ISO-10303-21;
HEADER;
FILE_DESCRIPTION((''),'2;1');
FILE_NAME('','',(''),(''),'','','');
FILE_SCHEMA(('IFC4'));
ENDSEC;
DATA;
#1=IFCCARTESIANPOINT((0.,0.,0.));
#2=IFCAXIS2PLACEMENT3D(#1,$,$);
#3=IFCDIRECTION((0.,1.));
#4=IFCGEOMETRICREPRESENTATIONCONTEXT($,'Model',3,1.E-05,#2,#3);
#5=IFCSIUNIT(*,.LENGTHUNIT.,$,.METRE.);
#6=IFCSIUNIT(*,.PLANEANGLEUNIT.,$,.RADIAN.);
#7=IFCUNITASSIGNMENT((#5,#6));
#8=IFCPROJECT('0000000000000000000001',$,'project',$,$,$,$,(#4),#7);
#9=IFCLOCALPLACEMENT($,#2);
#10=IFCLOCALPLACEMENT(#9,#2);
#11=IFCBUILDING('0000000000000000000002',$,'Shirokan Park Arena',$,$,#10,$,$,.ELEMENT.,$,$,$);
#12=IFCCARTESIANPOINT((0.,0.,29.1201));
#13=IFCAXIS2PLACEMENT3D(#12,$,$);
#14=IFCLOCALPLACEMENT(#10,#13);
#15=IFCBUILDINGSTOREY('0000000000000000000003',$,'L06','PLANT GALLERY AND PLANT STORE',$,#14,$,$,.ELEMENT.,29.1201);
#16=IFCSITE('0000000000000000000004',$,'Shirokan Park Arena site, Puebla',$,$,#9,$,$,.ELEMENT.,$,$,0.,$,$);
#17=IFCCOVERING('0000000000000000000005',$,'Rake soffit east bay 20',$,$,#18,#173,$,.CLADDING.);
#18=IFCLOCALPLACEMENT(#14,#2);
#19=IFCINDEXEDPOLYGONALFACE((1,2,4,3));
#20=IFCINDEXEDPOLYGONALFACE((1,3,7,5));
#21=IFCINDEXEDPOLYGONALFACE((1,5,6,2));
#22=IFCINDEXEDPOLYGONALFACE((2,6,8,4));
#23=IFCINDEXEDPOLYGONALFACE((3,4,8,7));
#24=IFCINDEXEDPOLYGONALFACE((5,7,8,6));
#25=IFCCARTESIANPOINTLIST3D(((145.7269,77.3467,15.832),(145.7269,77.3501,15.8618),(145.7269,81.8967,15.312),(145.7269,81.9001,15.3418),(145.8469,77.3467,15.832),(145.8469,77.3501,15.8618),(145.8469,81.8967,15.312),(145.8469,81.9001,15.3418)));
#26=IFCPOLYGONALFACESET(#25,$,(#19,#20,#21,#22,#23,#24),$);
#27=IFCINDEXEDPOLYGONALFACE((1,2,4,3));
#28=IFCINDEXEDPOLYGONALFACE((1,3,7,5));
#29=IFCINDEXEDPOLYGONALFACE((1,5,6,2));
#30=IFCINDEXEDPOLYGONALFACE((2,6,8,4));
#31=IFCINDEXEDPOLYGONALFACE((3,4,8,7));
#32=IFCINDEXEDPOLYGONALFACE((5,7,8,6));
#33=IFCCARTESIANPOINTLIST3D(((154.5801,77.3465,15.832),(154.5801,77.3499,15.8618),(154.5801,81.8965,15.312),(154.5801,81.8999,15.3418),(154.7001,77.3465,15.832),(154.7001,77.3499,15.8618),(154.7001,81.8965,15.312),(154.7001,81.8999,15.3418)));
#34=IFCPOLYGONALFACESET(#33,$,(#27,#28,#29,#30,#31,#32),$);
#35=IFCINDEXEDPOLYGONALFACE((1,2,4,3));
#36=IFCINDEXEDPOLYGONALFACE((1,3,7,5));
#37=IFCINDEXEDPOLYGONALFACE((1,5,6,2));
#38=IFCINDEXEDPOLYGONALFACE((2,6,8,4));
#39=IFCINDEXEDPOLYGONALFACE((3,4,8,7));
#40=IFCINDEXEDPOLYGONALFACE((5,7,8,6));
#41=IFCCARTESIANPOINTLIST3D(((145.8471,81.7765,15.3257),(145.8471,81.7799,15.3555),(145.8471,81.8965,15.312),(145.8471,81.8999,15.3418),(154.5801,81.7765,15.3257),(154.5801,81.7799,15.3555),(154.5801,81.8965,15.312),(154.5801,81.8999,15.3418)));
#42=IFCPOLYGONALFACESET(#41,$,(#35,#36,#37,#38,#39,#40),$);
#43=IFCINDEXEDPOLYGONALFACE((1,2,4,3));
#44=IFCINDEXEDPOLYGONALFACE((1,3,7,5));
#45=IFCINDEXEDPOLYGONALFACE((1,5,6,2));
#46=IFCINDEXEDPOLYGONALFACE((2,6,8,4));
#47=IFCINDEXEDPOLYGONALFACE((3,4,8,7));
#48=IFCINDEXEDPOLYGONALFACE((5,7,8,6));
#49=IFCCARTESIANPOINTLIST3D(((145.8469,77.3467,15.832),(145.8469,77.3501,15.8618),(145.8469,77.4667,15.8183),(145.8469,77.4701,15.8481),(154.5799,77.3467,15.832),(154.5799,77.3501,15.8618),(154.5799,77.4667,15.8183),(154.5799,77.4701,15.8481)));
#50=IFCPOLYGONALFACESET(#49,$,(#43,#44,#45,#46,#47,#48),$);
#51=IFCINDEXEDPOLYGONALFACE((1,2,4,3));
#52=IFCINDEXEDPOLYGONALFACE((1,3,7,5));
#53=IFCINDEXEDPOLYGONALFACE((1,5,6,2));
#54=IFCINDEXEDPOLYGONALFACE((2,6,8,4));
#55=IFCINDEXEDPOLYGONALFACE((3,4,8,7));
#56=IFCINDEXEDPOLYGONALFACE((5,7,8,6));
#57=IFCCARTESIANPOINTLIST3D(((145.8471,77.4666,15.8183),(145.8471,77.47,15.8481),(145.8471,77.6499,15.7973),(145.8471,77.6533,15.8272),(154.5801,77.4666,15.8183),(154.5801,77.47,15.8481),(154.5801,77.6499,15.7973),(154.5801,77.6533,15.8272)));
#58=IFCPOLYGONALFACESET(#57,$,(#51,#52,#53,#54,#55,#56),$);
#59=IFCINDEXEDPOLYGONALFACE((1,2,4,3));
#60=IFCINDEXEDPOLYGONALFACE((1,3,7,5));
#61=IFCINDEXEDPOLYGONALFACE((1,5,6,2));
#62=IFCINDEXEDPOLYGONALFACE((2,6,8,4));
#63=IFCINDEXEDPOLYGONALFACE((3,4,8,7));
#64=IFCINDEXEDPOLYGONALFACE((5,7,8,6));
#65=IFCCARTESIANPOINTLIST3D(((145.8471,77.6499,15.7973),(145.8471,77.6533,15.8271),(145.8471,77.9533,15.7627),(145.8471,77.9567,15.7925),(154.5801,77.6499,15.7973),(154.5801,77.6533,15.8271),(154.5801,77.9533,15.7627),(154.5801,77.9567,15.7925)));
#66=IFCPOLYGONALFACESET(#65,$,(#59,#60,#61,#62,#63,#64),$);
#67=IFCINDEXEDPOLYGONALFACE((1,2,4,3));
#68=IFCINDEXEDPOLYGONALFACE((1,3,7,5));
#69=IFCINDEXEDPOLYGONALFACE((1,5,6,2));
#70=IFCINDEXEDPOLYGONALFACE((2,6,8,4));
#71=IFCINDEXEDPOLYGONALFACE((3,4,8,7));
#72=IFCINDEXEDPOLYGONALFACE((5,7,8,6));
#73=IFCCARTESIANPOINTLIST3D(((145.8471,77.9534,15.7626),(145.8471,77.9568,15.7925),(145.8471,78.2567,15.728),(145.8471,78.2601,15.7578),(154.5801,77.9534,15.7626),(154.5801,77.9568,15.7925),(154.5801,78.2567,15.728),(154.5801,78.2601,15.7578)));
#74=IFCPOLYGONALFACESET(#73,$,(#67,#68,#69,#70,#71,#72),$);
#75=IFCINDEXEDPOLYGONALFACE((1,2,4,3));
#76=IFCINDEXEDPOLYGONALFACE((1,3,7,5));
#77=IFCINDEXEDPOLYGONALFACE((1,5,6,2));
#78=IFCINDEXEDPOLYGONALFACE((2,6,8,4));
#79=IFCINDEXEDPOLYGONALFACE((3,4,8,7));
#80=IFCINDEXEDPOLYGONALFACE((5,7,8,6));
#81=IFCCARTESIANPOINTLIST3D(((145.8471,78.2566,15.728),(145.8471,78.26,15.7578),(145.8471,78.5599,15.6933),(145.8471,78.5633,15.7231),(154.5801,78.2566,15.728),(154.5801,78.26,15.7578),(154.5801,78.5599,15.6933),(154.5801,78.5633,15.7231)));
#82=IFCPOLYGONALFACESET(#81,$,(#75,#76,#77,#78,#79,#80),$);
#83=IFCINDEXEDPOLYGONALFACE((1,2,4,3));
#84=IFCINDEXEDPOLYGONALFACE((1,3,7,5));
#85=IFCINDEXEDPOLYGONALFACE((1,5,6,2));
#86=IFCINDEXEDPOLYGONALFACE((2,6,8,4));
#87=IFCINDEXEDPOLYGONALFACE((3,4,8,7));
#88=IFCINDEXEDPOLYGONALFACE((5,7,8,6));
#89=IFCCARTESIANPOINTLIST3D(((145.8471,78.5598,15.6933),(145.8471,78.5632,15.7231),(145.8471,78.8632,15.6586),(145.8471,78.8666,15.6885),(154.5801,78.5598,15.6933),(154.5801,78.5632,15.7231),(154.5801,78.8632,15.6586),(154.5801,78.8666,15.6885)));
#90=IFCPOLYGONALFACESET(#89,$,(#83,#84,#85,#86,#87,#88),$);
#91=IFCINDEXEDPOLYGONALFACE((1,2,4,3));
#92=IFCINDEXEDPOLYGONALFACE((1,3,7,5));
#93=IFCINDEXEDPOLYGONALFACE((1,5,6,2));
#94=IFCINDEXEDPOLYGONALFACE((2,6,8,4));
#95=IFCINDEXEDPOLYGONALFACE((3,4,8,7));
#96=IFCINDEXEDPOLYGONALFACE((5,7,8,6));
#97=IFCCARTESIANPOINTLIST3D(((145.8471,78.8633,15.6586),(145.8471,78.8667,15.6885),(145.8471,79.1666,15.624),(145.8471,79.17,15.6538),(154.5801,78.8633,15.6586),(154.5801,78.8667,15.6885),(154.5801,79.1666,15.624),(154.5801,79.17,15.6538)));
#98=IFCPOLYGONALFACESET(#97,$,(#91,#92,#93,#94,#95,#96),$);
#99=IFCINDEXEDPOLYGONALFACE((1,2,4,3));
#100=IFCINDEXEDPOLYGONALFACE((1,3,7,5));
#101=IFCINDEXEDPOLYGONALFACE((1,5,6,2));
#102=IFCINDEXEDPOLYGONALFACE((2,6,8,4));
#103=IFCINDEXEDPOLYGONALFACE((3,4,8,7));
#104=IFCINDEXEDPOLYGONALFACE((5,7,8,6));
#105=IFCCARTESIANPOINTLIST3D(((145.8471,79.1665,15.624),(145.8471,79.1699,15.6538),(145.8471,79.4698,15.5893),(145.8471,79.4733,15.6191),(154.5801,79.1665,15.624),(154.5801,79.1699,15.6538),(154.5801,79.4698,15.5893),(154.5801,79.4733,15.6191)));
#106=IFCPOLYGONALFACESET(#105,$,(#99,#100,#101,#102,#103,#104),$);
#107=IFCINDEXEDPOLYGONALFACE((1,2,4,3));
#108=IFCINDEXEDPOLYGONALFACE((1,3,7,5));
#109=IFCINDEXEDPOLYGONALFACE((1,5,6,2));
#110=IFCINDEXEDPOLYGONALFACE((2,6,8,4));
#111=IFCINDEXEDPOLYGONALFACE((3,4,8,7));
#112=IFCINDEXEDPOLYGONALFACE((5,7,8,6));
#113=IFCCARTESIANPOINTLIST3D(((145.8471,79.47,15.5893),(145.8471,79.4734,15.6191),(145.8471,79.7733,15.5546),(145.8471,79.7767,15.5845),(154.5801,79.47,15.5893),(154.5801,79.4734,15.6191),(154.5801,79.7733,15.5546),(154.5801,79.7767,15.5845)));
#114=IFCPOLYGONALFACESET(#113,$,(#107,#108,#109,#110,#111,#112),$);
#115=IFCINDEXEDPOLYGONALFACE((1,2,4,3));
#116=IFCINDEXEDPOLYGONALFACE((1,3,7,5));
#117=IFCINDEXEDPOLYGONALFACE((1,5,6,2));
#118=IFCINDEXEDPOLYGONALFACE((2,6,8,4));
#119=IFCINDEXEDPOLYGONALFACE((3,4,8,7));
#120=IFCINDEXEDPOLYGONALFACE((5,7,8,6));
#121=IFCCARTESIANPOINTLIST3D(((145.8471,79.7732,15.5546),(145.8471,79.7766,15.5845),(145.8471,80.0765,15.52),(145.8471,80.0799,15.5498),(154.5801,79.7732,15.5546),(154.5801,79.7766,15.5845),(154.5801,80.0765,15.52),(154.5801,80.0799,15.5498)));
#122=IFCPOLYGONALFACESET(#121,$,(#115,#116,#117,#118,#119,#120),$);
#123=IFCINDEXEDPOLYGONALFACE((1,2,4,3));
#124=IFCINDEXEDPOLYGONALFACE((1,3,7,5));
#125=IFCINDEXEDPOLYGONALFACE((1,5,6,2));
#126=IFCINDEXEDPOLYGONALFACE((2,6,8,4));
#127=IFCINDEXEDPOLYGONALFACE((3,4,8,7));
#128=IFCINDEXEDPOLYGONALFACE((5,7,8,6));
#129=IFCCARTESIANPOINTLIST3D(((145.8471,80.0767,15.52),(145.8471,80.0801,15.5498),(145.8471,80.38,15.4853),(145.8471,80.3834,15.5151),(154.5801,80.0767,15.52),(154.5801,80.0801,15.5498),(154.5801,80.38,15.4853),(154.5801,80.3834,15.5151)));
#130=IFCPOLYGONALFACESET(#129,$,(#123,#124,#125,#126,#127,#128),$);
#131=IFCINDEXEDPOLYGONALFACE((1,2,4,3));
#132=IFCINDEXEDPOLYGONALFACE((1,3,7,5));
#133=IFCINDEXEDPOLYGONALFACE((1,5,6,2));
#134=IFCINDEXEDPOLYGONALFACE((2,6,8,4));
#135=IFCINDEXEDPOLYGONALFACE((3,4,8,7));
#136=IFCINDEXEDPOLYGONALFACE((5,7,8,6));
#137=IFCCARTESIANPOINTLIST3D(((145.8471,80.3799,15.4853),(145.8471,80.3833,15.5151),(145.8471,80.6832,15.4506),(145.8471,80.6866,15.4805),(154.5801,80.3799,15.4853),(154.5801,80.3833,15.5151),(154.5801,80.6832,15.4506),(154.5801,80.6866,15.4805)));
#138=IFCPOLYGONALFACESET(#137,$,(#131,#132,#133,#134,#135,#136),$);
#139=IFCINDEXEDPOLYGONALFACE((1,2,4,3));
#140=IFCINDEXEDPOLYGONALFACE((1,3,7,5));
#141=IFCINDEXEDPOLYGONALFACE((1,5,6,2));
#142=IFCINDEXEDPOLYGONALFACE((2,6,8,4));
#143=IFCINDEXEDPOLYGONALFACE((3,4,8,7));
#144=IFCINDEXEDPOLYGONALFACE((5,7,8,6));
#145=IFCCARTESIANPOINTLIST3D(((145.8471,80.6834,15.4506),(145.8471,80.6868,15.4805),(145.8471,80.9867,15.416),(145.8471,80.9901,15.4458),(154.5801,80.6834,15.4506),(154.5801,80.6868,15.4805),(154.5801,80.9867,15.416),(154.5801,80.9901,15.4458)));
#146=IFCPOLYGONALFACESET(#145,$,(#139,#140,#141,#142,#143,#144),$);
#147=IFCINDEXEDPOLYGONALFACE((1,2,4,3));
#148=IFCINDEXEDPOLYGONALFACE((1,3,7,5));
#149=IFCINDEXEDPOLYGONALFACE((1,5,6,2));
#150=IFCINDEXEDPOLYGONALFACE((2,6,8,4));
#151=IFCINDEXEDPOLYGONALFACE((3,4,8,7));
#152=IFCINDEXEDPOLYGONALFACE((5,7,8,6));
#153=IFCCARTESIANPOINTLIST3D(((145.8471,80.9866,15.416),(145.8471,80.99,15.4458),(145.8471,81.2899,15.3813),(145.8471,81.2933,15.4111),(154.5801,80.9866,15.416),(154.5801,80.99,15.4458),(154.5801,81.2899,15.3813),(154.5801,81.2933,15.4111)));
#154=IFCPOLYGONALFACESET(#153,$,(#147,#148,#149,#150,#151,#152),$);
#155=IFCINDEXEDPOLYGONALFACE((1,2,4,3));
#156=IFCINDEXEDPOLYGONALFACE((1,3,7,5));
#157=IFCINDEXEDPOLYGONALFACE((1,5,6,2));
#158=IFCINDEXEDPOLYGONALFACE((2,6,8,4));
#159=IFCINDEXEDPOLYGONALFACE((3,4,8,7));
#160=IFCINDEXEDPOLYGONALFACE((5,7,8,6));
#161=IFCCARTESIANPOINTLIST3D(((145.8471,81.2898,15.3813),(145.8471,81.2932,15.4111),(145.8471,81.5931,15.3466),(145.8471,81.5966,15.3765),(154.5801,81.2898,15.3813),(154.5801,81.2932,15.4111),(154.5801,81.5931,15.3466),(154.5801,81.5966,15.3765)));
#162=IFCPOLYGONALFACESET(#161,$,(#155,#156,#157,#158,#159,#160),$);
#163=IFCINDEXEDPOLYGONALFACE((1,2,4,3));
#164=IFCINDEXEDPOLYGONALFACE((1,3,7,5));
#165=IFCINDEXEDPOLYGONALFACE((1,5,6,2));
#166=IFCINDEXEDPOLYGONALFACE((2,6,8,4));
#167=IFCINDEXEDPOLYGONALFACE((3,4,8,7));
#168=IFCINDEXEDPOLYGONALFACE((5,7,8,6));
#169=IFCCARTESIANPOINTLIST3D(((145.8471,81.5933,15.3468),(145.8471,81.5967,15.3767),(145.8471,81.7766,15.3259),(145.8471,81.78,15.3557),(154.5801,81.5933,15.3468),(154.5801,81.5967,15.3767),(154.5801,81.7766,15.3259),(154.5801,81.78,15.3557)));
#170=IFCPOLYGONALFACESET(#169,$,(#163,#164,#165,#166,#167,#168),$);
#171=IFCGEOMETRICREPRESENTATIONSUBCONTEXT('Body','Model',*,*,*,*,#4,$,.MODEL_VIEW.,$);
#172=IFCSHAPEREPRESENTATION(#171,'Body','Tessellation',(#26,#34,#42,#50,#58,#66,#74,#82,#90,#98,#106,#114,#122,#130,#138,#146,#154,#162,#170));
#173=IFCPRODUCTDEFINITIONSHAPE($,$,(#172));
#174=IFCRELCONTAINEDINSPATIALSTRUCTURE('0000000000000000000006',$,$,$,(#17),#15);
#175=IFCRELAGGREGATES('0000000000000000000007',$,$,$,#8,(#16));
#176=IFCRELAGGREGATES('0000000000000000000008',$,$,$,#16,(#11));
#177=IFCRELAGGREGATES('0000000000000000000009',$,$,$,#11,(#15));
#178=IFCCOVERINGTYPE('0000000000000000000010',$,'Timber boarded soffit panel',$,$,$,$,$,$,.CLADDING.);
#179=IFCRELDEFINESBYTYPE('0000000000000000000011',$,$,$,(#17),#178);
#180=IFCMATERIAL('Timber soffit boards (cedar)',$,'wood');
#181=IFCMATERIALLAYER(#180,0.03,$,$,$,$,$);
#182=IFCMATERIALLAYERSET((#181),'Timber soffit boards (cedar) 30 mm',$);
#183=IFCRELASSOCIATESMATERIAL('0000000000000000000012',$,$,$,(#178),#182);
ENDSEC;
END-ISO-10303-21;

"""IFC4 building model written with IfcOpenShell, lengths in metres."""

from ifc_helpers import new_model, si_unit, direction, frame, origin, place, context, subcontext, project, spatial, polyline, outline, extrude, material, layer, layer_set, type_object, element, save


model = new_model("IFC4")

# Units and contexts
model_context = context("Model", 3, precision=1e-05, world=origin(), true_north=direction((0.0, 1.0)))
body_context = subcontext(model_context, "Body", "Model", "MODEL_VIEW")
ifc_project = project(units=[si_unit("LENGTHUNIT", "METRE"), si_unit("PLANEANGLEUNIT", "RADIAN")], contexts=[model_context])

# Site, building, storey
site_placement = place(None, origin())
site = spatial("IfcSite", under=ifc_project, at=site_placement, Name="Shirokan Park Arena site, Puebla", CompositionType="ELEMENT", RefElevation=0.0)
building_placement = place(site_placement, origin())
building = spatial("IfcBuilding", under=site, at=building_placement, Name="Shirokan Park Arena", CompositionType="ELEMENT")
storey_placement = place(building_placement, frame((0.0, 0.0, 29.1201)))
storey = spatial("IfcBuildingStorey", under=building, at=storey_placement, Name="L06", Description="PLANT GALLERY AND PLANT STORE", CompositionType="ELEMENT", Elevation=29.1201)

# Covering
ifc_material = material(Name="Timber soffit boards (cedar)", Category="wood")
ifc_layer = layer(ifc_material, 0.03)
ifc_layer_set = layer_set([ifc_layer], Name="Timber soffit boards (cedar) 30 mm")
covering_type = type_object("IfcCoveringType", Name="Timber boarded soffit panel", PredefinedType="CLADDING", material=ifc_layer_set)
covering_1_placement = place(storey_placement, origin())
element("IfcCovering", 1, at=covering_1_placement, inside=storey, type_object=covering_type, Name="Rake soffit east bay 20", PredefinedType="CLADDING", context=body_context, shape_type="SweptSolid", body=[
    extrude(outline(polyline([(0.0, 0.0), (0.12, 0.0), (0.12, -4.5796), (0.0, -4.5796), (0.0, 0.0)])), frame((145.8469, 77.3501, 15.8618), z_axis=(0.0, 0.113547, 0.993533), x_axis=(-1.0, 0.0, 0.0)), (0.0, 0.0, -1.0), 0.03),
    extrude(outline(polyline([(0.0, 0.0), (0.12, 0.0), (0.12, -4.5796), (0.0, -4.5796), (0.0, 0.0)])), frame((154.5801, 81.8999, 15.3418), z_axis=(0.0, 0.113547, 0.993533), x_axis=(1.0, 0.0, 0.0)), (0.0, 0.0, -1.0), 0.03),
    extrude(outline(polyline([(0.0, 0.0), (0.1208, 0.0), (0.1208, -8.733), (0.0, -8.733), (0.0, 0.0)])), frame((154.5801, 81.8999, 15.3418), z_axis=(0.0, 0.113512, 0.993537), x_axis=(0.0, -0.993537, 0.113512)), (0.0, 0.0, -1.0), 0.03),
    extrude(outline(polyline([(0.0, 0.0), (0.1208, 0.0), (0.1208, -8.733), (0.0, -8.733), (0.0, 0.0)])), frame((145.8469, 77.3501, 15.8618), z_axis=(0.0, 0.113512, 0.993537), x_axis=(0.0, 0.993537, -0.113512)), (0.0, 0.0, -1.0), 0.03),
    extrude(outline(polyline([(0.0, 0.0), (8.733, 0.0), (8.733, -0.1845), (0.0, -0.1845), (0.0, 0.0)])), frame((154.5801, 77.47, 15.8481), z_axis=(0.0, 0.113589, 0.993528), x_axis=(-1.0, 0.0, 0.0)), (0.0, 0.0, -1.0), 0.03),
    extrude(outline(polyline([(0.0, 0.0), (8.733, 0.0), (8.733, -0.3053), (0.0, -0.3053), (0.0, 0.0)])), frame((154.5801, 77.6533, 15.8271), z_axis=(0.0, 0.113523, 0.993535), x_axis=(-1.0, 0.0, 0.0)), (0.0, 0.0, -1.0), 0.03),
    extrude(outline(polyline([(0.0, 0.0), (8.733, 0.0), (8.733, -0.3053), (0.0, -0.3053), (0.0, 0.0)])), frame((154.5801, 77.9568, 15.7925), z_axis=(0.0, 0.113559, 0.993531), x_axis=(-1.0, 0.0, 0.0)), (0.0, 0.0, -1.0), 0.03),
    extrude(outline(polyline([(0.0, 0.0), (8.733, 0.0), (8.733, -0.3053), (0.0, -0.3053), (0.0, 0.0)])), frame((154.5801, 78.26, 15.7578), z_axis=(0.0, 0.113559, 0.993531), x_axis=(-1.0, 0.0, 0.0)), (0.0, 0.0, -1.0), 0.03),
    extrude(outline(polyline([(0.0, 0.0), (8.733, 0.0), (8.733, -0.3053), (0.0, -0.3053), (0.0, 0.0)])), frame((154.5801, 78.5632, 15.7231), z_axis=(0.0, 0.113523, 0.993535), x_axis=(-1.0, 0.0, 0.0)), (0.0, 0.0, -1.0), 0.03),
    extrude(outline(polyline([(0.0, 0.0), (8.733, 0.0), (8.733, -0.3053), (0.0, -0.3053), (0.0, 0.0)])), frame((154.5801, 78.8667, 15.6885), z_axis=(0.0, 0.113559, 0.993531), x_axis=(-1.0, 0.0, 0.0)), (0.0, 0.0, -1.0), 0.03),
    extrude(outline(polyline([(0.0, 0.0), (8.733, 0.0), (8.733, -0.3053), (0.0, -0.3053), (0.0, 0.0)])), frame((154.5801, 79.1699, 15.6538), z_axis=(0.0, 0.113559, 0.993531), x_axis=(-1.0, 0.0, 0.0)), (0.0, 0.0, -1.0), 0.03),
    extrude(outline(polyline([(0.0, 0.0), (8.733, 0.0), (8.733, -0.3053), (0.0, -0.3053), (0.0, 0.0)])), frame((154.5801, 79.4734, 15.6191), z_axis=(0.0, 0.113523, 0.993535), x_axis=(-1.0, 0.0, 0.0)), (0.0, 0.0, -1.0), 0.03),
    extrude(outline(polyline([(0.0, 0.0), (8.733, 0.0), (8.733, -0.3053), (0.0, -0.3053), (0.0, 0.0)])), frame((154.5801, 79.7766, 15.5845), z_axis=(0.0, 0.113559, 0.993531), x_axis=(-1.0, 0.0, 0.0)), (0.0, 0.0, -1.0), 0.03),
    extrude(outline(polyline([(0.0, 0.0), (8.733, 0.0), (8.733, -0.3053), (0.0, -0.3053), (0.0, 0.0)])), frame((154.5801, 80.0801, 15.5498), z_axis=(0.0, 0.113559, 0.993531), x_axis=(-1.0, 0.0, 0.0)), (0.0, 0.0, -1.0), 0.03),
    extrude(outline(polyline([(0.0, 0.0), (8.733, 0.0), (8.733, -0.3053), (0.0, -0.3053), (0.0, 0.0)])), frame((154.5801, 80.3833, 15.5151), z_axis=(0.0, 0.113523, 0.993535), x_axis=(-1.0, 0.0, 0.0)), (0.0, 0.0, -1.0), 0.03),
    extrude(outline(polyline([(0.0, 0.0), (8.733, 0.0), (8.733, -0.3053), (0.0, -0.3053), (0.0, 0.0)])), frame((154.5801, 80.6868, 15.4805), z_axis=(0.0, 0.113559, 0.993531), x_axis=(-1.0, 0.0, 0.0)), (0.0, 0.0, -1.0), 0.03),
    extrude(outline(polyline([(0.0, 0.0), (8.733, 0.0), (8.733, -0.3053), (0.0, -0.3053), (0.0, 0.0)])), frame((154.5801, 80.99, 15.4458), z_axis=(0.0, 0.113559, 0.993531), x_axis=(-1.0, 0.0, 0.0)), (0.0, 0.0, -1.0), 0.03),
    extrude(outline(polyline([(0.0, 0.0), (8.733, 0.0), (8.733, -0.3053), (0.0, -0.3053), (0.0, 0.0)])), frame((154.5801, 81.2932, 15.4111), z_axis=(0.0, 0.113523, 0.993535), x_axis=(-1.0, 0.0, 0.0)), (0.0, 0.0, -1.0), 0.03),
    extrude(outline(polyline([(0.0, 0.0), (0.1845, 0.0), (0.1845, -8.733), (0.0, -8.733), (0.0, 0.0)])), frame((154.5801, 81.78, 15.3557), z_axis=(0.0, 0.113589, 0.993528), x_axis=(0.0, -0.993528, 0.113589)), (0.0, 0.0, -1.0), 0.03),
])

save(model, "model.ifc")
